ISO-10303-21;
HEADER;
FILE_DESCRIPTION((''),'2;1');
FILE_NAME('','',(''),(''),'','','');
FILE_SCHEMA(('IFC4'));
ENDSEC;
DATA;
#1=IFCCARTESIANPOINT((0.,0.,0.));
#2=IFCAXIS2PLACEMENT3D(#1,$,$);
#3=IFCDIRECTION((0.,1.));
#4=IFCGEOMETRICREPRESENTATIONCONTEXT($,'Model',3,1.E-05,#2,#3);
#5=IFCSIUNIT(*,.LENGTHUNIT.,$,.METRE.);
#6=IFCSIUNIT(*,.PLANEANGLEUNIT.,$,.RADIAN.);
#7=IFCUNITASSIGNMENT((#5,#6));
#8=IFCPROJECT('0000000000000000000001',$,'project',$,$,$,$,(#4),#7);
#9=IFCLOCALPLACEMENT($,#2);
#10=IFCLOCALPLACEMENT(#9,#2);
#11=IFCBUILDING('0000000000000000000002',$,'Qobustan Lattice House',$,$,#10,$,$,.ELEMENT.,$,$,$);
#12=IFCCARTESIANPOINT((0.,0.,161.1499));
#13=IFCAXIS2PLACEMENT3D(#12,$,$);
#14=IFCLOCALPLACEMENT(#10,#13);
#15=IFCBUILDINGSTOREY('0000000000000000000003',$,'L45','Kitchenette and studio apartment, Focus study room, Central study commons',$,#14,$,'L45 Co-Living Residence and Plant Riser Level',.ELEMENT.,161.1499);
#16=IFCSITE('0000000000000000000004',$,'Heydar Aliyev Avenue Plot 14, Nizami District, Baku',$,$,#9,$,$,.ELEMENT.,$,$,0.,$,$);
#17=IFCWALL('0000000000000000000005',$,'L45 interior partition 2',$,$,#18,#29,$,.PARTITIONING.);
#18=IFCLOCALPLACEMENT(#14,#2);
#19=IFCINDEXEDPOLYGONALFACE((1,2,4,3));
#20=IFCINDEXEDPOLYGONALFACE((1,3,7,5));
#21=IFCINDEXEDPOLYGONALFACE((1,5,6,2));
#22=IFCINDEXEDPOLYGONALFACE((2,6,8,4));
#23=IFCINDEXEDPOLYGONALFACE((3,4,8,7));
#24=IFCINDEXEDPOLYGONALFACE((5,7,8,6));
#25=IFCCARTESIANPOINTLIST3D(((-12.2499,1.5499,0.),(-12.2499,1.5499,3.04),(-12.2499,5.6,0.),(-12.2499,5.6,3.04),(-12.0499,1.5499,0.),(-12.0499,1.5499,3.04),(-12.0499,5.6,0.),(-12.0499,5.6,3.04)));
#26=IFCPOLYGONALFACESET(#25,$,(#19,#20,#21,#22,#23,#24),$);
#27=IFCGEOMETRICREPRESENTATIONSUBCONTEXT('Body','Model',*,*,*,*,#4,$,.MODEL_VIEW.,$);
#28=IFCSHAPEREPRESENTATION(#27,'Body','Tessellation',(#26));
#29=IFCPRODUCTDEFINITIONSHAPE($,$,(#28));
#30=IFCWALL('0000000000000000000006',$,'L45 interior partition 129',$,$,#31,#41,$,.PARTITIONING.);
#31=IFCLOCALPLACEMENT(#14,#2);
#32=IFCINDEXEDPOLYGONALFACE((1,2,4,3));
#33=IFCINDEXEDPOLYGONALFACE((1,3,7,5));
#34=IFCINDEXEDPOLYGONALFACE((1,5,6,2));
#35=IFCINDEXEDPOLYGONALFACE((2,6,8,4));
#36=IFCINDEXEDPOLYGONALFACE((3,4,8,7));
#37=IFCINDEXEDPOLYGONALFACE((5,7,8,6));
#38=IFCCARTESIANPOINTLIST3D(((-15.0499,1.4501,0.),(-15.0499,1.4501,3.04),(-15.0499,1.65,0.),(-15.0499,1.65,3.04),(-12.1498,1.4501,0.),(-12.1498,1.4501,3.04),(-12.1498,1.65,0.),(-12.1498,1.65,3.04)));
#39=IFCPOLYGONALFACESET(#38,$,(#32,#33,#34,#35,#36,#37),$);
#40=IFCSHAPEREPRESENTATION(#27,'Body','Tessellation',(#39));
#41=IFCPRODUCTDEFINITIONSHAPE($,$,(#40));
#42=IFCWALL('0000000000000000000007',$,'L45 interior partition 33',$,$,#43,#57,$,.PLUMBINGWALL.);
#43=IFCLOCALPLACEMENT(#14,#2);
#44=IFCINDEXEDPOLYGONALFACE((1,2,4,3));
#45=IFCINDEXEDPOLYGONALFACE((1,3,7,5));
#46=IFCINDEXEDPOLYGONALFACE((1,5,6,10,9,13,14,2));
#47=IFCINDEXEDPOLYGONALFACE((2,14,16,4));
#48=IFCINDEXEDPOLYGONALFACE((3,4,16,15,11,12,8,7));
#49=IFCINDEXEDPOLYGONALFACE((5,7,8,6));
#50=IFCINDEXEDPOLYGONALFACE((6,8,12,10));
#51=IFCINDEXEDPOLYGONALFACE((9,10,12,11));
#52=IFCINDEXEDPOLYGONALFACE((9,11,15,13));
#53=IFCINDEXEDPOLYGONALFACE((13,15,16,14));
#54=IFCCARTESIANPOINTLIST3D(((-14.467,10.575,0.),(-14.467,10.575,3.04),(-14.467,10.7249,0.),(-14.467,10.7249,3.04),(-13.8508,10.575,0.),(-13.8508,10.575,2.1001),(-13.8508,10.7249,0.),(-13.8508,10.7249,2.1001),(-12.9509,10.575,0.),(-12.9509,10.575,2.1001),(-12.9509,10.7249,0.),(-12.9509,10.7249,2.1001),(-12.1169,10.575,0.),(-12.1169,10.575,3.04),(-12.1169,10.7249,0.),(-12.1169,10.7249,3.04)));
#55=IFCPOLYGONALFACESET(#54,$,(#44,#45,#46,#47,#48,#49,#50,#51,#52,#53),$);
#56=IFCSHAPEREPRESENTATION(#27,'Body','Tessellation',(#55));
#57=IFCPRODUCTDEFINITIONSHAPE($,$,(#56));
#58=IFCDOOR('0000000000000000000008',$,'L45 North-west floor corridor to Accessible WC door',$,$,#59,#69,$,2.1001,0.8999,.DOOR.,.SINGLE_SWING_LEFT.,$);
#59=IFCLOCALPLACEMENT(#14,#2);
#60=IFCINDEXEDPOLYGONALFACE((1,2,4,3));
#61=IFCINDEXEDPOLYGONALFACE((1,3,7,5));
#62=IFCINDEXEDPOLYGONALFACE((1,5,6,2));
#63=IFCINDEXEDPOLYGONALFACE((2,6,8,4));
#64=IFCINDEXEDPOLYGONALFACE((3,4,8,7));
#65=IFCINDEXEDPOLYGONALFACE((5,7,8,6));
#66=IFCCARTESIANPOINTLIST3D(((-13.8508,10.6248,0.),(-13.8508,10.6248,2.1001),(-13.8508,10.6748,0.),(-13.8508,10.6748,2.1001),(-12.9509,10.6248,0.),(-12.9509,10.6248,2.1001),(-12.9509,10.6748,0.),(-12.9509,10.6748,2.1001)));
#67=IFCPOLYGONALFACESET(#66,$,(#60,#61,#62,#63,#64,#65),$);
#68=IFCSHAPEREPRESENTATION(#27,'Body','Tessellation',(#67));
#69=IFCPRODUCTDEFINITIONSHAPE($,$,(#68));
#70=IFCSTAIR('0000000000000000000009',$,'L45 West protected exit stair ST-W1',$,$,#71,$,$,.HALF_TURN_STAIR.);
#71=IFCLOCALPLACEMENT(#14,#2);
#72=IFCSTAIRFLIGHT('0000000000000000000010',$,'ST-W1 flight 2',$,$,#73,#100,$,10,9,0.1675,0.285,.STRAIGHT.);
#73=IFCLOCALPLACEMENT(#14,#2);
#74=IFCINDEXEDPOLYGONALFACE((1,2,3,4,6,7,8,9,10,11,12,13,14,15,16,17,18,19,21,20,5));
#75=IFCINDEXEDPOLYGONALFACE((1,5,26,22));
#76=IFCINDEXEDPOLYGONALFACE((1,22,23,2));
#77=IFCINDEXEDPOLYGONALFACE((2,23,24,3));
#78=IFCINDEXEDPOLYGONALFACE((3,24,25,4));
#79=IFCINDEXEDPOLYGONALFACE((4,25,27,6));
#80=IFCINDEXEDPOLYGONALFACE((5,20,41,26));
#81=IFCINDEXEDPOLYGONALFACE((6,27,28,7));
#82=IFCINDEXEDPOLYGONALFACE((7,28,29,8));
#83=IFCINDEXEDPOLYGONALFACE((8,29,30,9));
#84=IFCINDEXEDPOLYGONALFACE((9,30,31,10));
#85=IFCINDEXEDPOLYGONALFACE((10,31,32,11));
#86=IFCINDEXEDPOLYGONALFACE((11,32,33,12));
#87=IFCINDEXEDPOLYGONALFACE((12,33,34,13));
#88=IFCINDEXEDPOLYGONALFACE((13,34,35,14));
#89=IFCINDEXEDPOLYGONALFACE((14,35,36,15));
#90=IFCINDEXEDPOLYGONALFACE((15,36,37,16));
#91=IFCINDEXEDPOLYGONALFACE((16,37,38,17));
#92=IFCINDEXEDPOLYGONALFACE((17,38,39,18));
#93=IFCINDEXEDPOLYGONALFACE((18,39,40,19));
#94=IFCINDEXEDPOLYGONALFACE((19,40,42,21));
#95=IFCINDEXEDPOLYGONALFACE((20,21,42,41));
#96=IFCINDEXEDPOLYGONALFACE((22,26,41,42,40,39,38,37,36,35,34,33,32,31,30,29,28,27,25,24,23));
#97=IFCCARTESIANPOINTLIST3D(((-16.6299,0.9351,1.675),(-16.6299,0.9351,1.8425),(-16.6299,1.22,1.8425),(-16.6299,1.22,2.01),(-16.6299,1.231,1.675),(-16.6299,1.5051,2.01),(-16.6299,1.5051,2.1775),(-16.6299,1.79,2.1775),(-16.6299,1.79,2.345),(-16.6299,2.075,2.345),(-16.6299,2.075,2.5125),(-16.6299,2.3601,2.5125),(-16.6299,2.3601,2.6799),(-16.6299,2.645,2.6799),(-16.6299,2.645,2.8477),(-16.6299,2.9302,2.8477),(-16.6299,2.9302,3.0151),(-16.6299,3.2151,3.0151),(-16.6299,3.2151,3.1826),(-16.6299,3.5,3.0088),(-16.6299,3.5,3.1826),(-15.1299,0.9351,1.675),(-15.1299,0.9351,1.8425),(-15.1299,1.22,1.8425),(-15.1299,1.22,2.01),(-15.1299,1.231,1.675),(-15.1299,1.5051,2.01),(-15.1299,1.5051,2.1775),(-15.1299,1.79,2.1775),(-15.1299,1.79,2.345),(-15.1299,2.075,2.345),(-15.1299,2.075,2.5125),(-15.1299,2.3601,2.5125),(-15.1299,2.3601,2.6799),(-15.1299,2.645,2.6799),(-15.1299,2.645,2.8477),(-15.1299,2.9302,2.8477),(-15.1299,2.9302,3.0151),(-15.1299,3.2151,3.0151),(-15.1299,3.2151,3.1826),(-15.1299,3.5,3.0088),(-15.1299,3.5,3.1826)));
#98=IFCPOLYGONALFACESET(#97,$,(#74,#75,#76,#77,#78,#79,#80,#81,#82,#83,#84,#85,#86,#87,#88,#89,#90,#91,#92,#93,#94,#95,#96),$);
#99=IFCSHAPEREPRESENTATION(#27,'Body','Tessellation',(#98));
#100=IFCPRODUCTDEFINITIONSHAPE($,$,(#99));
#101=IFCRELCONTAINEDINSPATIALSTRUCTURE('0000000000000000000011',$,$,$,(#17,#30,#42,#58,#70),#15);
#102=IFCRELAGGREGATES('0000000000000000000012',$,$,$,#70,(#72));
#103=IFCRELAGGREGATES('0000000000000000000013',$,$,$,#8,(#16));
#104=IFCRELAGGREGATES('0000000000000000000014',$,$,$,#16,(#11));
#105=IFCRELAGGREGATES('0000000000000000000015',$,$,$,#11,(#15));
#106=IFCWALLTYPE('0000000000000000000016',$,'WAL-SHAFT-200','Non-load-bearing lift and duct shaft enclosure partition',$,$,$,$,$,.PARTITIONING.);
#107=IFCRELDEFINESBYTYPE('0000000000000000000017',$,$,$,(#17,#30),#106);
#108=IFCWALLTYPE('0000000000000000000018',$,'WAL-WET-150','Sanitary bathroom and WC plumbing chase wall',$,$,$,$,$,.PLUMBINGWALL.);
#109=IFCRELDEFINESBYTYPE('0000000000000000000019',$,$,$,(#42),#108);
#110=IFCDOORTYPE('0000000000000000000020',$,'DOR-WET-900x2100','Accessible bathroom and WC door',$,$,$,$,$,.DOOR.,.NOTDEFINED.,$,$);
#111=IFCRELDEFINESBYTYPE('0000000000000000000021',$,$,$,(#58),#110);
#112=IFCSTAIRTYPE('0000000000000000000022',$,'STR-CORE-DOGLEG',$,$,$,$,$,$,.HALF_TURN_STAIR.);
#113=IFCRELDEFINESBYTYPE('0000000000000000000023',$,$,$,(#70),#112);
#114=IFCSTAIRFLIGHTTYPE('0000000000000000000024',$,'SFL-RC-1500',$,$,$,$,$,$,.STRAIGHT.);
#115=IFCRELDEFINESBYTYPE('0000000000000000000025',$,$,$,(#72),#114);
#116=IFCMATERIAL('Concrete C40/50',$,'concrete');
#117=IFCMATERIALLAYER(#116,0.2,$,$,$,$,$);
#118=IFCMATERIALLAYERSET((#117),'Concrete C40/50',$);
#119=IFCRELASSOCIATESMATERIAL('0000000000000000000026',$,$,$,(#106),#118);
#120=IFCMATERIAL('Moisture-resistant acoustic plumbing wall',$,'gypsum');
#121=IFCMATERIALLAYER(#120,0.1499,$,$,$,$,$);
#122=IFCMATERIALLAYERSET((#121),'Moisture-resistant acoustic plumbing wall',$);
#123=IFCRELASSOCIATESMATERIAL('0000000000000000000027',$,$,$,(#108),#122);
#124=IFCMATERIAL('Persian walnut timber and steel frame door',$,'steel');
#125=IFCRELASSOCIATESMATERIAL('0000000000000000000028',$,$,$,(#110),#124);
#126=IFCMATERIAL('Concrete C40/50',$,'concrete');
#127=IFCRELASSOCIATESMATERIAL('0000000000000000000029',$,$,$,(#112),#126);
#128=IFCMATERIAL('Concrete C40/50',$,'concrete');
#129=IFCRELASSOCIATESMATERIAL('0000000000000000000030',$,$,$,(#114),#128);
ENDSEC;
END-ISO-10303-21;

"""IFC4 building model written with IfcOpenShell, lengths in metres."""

from ifc_helpers import new_model, si_unit, direction, frame, frame_2d, origin, place, context, subcontext, project, spatial, polyline, rectangle, outline, extrude, material, layer, layer_set, type_object, element, fill, aggregate, save


model = new_model("IFC4")

# Units and contexts
model_context = context("Model", 3, precision=1e-05, world=origin(), true_north=direction((0.0, 1.0)))
body_context = subcontext(model_context, "Body", "Model", "MODEL_VIEW")
ifc_project = project(units=[si_unit("LENGTHUNIT", "METRE"), si_unit("PLANEANGLEUNIT", "RADIAN")], contexts=[model_context])

# Site, building, storey
site_placement = place(None, origin())
site = spatial("IfcSite", under=ifc_project, at=site_placement, Name="Heydar Aliyev Avenue Plot 14, Nizami District, Baku", CompositionType="ELEMENT", RefElevation=0.0)
building_placement = place(site_placement, origin())
building = spatial("IfcBuilding", under=site, at=building_placement, Name="Qobustan Lattice House", CompositionType="ELEMENT")
storey_placement = place(building_placement, frame((0.0, 0.0, 161.1499)))
storey = spatial("IfcBuildingStorey", under=building, at=storey_placement, Name="L45", Description="Kitchenette and studio apartment, Focus study room, Central study commons", LongName="L45 Co-Living Residence and Plant Riser Level", CompositionType="ELEMENT", Elevation=161.1499)

# Walls
ifc_material_1 = material(Name="Concrete C40/50", Category="concrete")
ifc_layer_1 = layer(ifc_material_1, 0.2)
ifc_layer_set_1 = layer_set([ifc_layer_1], Name="Concrete C40/50")
wall_type_1 = type_object("IfcWallType", Name="WAL-SHAFT-200", Description="Non-load-bearing lift and duct shaft enclosure partition", PredefinedType="PARTITIONING", material=ifc_layer_set_1)
wall_1_placement = place(storey_placement, frame((-12.1499, 1.55, 0.0), z_axis=(0.0, 0.0, 1.0), x_axis=(0.0, 1.0, 0.0)))
element("IfcWall", 1, at=wall_1_placement, inside=storey, type_object=wall_type_1, Name="L45 interior partition 2", PredefinedType="PARTITIONING", context=body_context, shape_type="SweptSolid", body=[
    extrude(rectangle(XDim=4.05, YDim=0.2, at=frame_2d((2.0249, 0.0))), origin(), (0.0, 0.0, 1.0), 3.04),
])
wall_2_placement = place(storey_placement, frame((-15.05, 1.55, 0.0), z_axis=(0.0, 0.0, 1.0), x_axis=(1.0, 0.0, 0.0)))
element("IfcWall", 2, at=wall_2_placement, inside=storey, type_object=wall_type_1, Name="L45 interior partition 129", PredefinedType="PARTITIONING", context=body_context, shape_type="SweptSolid", body=[
    extrude(rectangle(XDim=2.9001, YDim=0.2, at=frame_2d((1.4502, 0.0))), origin(), (0.0, 0.0, 1.0), 3.04),
])

# Wall, opening, door
ifc_material_2 = material(Name="Moisture-resistant acoustic plumbing wall", Category="gypsum")
ifc_layer_2 = layer(ifc_material_2, 0.1499)
ifc_layer_set_2 = layer_set([ifc_layer_2], Name="Moisture-resistant acoustic plumbing wall")
wall_type_2 = type_object("IfcWallType", Name="WAL-WET-150", Description="Sanitary bathroom and WC plumbing chase wall", PredefinedType="PLUMBINGWALL", material=ifc_layer_set_2)
wall_3_placement = place(storey_placement, frame((-14.467, 10.6499, 0.0), z_axis=(0.0, 0.0, 1.0), x_axis=(1.0, 0.0, 0.0)))
wall_3 = element("IfcWall", 3, at=wall_3_placement, inside=storey, type_object=wall_type_2, Name="L45 interior partition 33", PredefinedType="PLUMBINGWALL", context=body_context, shape_type="SweptSolid", body=[
    extrude(rectangle(XDim=2.3501, YDim=0.1499, at=frame_2d((1.175, 0.0))), origin(), (0.0, 0.0, 1.0), 3.04),
])
opening_1_placement = place(wall_3_placement, frame((0.6162, 0.0, 0.0)))
opening_1 = element("IfcOpeningElement", 4, at=opening_1_placement, cuts=wall_3, PredefinedType="OPENING", context=body_context, shape_type="SweptSolid", body=[
    extrude(rectangle(XDim=0.8999, YDim=2.1001, at=frame_2d((0.45, 1.05))), frame((0.0, 0.085, 0.0), z_axis=(0.0, -1.0, 0.0), x_axis=(1.0, 0.0, 0.0)), (0.0, 0.0, 1.0), 0.1699),
])
ifc_material_3 = material(Name="Persian walnut timber and steel frame door", Category="steel")
door_type_1 = type_object("IfcDoorType", Name="DOR-WET-900x2100", Description="Accessible bathroom and WC door", OperationType="NOTDEFINED", PredefinedType="DOOR", material=ifc_material_3)
door_1_placement = place(opening_1_placement, origin())
door_1 = element("IfcDoor", 5, at=door_1_placement, inside=storey, type_object=door_type_1, Name="L45 North-west floor corridor to Accessible WC door", OperationType="SINGLE_SWING_LEFT", OverallHeight=2.1001, OverallWidth=0.8999, PredefinedType="DOOR", context=body_context, shape_type="SweptSolid", body=[
    extrude(rectangle(XDim=0.8999, YDim=2.1001, at=frame_2d((0.45, 1.05))), frame((0.0, 0.0249, 0.0), z_axis=(0.0, -1.0, 0.0), x_axis=(1.0, 0.0, 0.0)), (0.0, 0.0, 1.0), 0.05),
])
fill(opening_1, door_1)

# Stair, stair flight
ifc_material_4 = material(Name="Concrete C40/50", Category="concrete")
stair_type = type_object("IfcStairType", Name="STR-CORE-DOGLEG", PredefinedType="HALF_TURN_STAIR", material=ifc_material_4)
stair_placement = place(storey_placement, origin())
stair = element("IfcStair", 6, at=stair_placement, inside=storey, type_object=stair_type, Name="L45 West protected exit stair ST-W1", PredefinedType="HALF_TURN_STAIR")
ifc_material_5 = material(Name="Concrete C40/50", Category="concrete")
stair_flight_type = type_object("IfcStairFlightType", Name="SFL-RC-1500", PredefinedType="STRAIGHT", material=ifc_material_5)
stair_flight_placement = place(storey_placement, frame((-15.8799, 0.9351, 1.675), z_axis=(0.0, 0.0, 1.0), x_axis=(0.0, 1.0, 0.0)))
stair_flight = element("IfcStairFlight", 7, at=stair_flight_placement, type_object=stair_flight_type, Name="ST-W1 flight 2", NumberOfRisers=10, NumberOfTreads=9, PredefinedType="STRAIGHT", RiserHeight=0.1675, TreadLength=0.285, context=body_context, shape_type="SweptSolid", body=[
    extrude(outline(polyline([(0.0, 0.0), (0.0, 0.1675), (0.2849, 0.1675), (0.2849, 0.335), (0.5701, 0.335), (0.5701, 0.5024), (0.855, 0.5024), (0.855, 0.6699), (1.1399, 0.6699), (1.1399, 0.8374), (1.425, 0.8374), (1.425, 1.0049), (1.71, 1.0049), (1.71, 1.1726), (1.9951, 1.1726), (1.9951, 1.3401), (2.28, 1.3401), (2.28, 1.5076), (2.5649, 1.5076), (2.5649, 1.675), (2.5649, 1.3337), (0.2959, 0.0), (0.0, 0.0)])), frame((0.0, 0.75, 0.0), z_axis=(0.0, -1.0, 0.0), x_axis=(1.0, 0.0, 0.0)), (0.0, 0.0, 1.0), 1.5),
])
aggregate(stair, [stair_flight])

save(model, "model.ifc")
